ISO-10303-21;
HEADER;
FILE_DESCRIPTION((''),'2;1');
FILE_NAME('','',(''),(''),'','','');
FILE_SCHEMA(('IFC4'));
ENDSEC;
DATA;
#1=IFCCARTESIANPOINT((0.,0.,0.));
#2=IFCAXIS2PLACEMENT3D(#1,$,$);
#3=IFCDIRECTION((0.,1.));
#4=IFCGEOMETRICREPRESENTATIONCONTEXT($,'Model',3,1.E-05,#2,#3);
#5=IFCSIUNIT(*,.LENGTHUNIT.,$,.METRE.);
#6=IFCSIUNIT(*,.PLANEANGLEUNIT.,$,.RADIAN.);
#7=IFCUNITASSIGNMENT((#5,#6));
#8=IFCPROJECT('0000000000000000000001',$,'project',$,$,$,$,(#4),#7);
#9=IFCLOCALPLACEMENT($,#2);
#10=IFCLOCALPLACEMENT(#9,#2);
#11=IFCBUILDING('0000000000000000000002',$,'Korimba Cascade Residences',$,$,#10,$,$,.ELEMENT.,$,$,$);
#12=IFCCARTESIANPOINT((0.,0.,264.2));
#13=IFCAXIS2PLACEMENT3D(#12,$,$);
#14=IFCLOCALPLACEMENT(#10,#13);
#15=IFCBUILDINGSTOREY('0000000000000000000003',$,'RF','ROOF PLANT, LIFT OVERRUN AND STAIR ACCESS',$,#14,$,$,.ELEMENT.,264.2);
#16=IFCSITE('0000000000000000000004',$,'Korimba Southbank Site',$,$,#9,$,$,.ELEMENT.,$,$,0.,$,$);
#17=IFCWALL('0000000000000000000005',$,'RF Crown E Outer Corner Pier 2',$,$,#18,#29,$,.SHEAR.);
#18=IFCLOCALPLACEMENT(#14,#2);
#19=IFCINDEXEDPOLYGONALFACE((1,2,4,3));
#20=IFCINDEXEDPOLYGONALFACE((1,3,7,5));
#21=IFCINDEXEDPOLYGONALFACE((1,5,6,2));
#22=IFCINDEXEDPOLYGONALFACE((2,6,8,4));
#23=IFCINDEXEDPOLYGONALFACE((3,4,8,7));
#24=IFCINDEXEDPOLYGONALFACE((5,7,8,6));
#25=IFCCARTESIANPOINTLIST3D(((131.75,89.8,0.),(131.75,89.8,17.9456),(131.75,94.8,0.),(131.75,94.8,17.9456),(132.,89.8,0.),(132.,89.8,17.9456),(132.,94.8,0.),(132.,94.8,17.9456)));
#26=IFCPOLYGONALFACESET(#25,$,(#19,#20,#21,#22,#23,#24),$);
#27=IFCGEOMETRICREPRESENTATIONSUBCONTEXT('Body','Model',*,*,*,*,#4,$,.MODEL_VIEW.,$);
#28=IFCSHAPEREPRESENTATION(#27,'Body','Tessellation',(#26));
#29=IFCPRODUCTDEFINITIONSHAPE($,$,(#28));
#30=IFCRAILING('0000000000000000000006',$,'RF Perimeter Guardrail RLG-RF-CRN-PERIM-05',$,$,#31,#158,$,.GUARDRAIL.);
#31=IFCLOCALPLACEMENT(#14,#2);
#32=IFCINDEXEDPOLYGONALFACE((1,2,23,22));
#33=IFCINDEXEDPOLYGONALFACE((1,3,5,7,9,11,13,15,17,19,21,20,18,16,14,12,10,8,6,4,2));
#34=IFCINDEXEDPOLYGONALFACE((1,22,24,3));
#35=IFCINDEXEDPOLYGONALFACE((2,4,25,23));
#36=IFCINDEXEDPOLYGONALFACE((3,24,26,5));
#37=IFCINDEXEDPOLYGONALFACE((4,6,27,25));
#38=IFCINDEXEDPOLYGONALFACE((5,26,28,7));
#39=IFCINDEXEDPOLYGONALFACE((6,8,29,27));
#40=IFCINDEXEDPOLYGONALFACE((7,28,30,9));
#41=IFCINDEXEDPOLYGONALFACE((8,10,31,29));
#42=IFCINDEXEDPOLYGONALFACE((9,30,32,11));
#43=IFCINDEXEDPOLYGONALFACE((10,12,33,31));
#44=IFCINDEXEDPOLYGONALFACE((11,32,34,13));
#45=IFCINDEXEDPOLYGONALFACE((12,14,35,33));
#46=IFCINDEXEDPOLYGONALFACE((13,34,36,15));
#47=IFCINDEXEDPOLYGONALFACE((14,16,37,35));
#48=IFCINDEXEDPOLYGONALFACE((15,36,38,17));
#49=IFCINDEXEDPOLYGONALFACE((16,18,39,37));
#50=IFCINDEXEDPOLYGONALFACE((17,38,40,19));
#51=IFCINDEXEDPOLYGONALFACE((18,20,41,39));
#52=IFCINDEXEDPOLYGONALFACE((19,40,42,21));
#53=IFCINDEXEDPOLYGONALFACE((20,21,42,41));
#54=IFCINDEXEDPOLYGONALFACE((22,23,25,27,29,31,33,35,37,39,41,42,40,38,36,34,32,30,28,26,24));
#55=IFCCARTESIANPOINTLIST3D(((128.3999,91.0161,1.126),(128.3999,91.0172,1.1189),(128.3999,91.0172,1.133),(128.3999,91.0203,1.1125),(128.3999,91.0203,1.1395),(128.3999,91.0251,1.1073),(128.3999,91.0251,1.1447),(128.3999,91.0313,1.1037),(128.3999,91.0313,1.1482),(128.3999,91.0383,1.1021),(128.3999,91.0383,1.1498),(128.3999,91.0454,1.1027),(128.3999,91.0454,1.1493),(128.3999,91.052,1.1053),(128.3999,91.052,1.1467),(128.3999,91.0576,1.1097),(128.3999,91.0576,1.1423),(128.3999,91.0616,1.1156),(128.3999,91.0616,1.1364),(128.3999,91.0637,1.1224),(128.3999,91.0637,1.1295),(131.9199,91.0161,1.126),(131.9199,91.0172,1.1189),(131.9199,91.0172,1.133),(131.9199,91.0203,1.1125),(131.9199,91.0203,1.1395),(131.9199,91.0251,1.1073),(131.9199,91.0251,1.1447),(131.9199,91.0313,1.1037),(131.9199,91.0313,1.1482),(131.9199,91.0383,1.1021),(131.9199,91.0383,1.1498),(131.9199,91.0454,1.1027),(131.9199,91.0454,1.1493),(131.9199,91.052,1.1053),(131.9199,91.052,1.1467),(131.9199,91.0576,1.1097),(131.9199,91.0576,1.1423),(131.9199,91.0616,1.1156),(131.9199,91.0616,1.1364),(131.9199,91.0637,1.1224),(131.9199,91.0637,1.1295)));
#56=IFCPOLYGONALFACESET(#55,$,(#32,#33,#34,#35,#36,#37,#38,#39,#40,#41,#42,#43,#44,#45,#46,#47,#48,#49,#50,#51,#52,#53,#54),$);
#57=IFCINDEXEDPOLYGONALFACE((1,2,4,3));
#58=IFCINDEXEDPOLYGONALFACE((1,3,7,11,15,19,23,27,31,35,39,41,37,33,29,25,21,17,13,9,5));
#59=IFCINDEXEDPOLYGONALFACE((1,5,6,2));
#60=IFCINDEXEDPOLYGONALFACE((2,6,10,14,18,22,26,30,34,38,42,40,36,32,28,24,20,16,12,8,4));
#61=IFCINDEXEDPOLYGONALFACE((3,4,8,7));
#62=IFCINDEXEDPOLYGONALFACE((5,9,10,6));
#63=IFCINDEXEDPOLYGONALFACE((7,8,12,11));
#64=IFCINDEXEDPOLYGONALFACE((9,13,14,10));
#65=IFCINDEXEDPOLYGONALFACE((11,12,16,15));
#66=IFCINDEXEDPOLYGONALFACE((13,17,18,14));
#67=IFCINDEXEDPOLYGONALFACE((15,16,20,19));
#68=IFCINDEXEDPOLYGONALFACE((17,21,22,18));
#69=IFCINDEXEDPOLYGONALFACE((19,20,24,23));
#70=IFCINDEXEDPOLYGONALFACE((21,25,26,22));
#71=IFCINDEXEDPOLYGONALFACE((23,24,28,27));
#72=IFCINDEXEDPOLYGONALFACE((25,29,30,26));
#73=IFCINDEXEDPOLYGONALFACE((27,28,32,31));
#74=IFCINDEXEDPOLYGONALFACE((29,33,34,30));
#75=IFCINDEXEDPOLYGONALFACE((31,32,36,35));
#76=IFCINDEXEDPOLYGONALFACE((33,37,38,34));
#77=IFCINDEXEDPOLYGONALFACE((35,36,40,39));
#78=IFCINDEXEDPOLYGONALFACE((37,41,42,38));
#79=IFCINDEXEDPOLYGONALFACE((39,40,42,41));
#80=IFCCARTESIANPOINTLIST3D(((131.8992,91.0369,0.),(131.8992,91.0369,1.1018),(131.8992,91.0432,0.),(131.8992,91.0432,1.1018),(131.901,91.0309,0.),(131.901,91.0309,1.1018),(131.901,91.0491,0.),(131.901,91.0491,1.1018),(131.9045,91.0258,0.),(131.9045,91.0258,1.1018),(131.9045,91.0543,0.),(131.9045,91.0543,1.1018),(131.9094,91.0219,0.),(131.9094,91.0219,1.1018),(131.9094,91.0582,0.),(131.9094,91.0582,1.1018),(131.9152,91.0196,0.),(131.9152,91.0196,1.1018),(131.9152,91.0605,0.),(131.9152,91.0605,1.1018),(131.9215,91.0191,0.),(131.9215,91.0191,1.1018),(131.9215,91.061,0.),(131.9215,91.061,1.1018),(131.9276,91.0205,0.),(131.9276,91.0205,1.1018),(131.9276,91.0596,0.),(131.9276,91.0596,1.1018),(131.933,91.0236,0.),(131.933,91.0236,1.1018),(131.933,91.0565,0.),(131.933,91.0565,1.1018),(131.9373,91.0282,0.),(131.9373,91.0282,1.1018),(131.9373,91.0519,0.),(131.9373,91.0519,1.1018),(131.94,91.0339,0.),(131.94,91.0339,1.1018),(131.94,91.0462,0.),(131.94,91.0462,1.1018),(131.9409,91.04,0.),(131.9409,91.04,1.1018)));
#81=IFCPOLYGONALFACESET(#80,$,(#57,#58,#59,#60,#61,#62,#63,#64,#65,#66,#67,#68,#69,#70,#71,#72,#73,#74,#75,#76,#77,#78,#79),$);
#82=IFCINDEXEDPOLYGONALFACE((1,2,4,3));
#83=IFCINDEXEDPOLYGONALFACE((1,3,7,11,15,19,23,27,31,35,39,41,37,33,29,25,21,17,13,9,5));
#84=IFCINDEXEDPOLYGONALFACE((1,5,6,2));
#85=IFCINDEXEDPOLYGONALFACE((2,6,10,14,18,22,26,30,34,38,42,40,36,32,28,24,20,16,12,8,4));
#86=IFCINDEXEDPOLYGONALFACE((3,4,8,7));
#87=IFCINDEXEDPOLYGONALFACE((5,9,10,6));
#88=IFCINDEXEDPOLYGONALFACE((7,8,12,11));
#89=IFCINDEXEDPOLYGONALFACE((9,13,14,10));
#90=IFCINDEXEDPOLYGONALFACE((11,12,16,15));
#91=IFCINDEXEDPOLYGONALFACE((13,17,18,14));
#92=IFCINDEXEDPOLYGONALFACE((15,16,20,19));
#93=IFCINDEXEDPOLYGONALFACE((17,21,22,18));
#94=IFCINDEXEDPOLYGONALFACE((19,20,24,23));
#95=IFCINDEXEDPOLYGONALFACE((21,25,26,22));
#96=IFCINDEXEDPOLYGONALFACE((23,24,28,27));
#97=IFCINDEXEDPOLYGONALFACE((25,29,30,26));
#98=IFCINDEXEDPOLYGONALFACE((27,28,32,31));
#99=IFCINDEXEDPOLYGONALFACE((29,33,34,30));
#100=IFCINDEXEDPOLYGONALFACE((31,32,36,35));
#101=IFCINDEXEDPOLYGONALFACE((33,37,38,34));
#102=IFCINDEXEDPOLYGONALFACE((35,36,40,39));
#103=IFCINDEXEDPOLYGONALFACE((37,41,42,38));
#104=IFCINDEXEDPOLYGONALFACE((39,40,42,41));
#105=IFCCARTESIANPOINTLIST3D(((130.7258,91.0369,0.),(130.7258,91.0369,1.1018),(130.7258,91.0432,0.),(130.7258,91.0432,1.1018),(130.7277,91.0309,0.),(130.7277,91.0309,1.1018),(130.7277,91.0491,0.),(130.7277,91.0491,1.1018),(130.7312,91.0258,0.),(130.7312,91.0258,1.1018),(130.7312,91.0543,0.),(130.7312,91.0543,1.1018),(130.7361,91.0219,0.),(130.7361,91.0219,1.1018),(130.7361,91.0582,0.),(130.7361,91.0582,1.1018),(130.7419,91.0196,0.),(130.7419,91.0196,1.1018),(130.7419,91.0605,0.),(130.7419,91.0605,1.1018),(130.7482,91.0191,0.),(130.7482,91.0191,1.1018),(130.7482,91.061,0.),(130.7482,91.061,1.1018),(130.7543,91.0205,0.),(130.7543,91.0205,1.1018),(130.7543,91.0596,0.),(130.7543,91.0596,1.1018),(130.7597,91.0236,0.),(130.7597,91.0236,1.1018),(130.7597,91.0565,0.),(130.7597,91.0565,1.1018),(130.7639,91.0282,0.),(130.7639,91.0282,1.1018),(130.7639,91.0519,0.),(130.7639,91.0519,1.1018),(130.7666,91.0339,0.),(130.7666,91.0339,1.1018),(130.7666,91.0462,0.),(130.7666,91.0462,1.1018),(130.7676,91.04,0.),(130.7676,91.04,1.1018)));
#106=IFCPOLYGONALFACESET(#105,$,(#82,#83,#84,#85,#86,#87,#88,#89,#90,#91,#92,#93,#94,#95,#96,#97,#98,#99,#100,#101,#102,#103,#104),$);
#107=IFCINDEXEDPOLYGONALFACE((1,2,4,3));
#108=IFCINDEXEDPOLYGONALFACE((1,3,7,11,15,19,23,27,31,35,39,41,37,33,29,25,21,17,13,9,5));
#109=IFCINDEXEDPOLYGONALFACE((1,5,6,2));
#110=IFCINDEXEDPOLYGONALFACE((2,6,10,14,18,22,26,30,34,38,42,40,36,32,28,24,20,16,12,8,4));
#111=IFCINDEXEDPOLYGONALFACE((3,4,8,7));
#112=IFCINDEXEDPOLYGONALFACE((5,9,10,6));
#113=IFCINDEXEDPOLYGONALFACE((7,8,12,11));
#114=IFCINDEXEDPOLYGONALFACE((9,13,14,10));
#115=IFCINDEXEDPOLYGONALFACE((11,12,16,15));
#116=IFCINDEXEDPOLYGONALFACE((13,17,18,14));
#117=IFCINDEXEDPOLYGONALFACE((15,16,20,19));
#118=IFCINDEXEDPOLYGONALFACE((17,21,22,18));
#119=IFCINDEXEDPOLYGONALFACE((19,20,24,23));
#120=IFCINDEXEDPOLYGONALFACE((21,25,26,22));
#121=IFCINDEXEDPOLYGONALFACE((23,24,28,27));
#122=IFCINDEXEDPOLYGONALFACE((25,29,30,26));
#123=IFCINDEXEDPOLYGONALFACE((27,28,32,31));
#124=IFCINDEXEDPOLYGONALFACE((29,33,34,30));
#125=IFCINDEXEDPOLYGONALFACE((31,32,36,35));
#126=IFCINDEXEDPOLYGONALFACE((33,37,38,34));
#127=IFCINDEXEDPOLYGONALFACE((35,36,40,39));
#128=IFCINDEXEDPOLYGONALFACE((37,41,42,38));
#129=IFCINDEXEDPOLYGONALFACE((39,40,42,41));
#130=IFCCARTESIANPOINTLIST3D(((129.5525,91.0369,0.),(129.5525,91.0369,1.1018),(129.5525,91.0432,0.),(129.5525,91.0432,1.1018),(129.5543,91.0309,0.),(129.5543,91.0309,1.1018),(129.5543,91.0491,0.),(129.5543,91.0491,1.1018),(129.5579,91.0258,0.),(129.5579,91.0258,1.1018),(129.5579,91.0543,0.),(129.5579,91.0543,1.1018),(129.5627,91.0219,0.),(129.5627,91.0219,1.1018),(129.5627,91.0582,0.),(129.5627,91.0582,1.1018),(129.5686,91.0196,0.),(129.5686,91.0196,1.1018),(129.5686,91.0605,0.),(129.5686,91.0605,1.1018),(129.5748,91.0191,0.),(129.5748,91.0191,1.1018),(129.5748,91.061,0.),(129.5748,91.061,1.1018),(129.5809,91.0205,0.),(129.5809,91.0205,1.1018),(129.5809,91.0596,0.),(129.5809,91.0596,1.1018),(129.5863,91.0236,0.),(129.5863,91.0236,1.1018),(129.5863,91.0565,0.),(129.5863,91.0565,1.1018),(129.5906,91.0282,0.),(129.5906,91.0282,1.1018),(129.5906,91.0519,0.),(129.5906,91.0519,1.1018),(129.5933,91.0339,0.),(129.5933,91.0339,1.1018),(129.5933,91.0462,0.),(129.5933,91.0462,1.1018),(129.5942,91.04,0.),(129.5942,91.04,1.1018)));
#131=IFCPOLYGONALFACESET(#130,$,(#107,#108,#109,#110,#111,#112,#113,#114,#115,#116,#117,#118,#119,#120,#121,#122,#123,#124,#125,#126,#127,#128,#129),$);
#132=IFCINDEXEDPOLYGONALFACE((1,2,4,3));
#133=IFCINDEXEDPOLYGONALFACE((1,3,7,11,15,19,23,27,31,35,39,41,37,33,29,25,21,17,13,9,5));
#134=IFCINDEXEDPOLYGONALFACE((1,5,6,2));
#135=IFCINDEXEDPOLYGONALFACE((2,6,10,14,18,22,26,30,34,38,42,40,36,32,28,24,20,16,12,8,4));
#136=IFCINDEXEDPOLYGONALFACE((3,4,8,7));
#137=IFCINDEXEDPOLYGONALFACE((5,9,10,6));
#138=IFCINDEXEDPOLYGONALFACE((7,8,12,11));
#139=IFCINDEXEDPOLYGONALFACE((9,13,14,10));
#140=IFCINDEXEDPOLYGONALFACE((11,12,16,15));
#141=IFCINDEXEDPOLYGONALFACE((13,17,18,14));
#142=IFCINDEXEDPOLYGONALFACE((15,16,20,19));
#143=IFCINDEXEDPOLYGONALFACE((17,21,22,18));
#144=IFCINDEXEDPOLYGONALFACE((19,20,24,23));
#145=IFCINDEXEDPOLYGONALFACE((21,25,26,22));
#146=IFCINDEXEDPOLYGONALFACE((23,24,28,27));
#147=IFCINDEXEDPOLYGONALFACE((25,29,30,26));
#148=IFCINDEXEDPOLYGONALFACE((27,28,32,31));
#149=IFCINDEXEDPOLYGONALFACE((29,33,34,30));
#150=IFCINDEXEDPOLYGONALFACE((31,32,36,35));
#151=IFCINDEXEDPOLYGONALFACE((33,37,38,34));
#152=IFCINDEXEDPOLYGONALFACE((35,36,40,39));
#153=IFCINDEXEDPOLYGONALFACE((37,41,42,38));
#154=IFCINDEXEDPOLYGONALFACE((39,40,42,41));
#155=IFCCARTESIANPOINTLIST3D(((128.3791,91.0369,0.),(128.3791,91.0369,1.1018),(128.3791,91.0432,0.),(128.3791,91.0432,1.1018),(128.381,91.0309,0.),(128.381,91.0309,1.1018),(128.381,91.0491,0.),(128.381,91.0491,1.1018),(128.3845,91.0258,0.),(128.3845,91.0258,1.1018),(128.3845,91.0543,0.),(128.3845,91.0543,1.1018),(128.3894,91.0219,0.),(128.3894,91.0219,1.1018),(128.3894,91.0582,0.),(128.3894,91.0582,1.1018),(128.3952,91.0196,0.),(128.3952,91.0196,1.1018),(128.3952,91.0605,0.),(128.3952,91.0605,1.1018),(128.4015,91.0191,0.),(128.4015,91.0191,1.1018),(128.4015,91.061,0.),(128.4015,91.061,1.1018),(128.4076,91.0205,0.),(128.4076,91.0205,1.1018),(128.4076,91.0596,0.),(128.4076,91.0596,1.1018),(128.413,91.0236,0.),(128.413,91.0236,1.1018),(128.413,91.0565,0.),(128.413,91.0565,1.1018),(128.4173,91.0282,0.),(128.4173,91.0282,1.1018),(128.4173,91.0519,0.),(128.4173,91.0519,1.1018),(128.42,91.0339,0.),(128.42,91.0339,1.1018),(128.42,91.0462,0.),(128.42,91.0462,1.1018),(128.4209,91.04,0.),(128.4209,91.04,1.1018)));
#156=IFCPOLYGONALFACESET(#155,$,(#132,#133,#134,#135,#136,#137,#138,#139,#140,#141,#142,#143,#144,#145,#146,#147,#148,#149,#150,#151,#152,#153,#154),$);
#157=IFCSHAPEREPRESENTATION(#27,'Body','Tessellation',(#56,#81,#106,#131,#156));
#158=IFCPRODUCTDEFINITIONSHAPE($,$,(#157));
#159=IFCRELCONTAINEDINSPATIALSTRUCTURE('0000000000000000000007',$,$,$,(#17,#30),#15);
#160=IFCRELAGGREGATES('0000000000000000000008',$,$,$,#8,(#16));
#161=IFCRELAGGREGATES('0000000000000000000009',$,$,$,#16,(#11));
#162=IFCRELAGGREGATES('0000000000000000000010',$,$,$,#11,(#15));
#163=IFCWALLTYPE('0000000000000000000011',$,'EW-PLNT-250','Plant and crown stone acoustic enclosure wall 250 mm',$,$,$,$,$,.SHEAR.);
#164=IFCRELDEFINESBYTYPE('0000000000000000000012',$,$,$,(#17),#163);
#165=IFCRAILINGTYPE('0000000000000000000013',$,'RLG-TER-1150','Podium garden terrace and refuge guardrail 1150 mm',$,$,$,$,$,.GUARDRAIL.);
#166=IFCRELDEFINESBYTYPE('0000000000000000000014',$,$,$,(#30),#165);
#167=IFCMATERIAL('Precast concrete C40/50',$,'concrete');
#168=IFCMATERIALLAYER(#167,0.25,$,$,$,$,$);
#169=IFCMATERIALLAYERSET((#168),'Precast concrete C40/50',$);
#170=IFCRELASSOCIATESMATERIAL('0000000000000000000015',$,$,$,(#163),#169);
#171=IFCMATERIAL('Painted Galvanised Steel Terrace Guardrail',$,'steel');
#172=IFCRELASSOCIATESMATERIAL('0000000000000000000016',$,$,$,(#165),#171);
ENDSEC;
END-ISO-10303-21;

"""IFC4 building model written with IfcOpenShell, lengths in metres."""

from ifc_helpers import new_model, si_unit, direction, frame, frame_2d, origin, origin_2d, place, context, subcontext, project, spatial, rectangle, circle, extrude, material, layer, layer_set, type_object, element, save


model = new_model("IFC4")

# Units and contexts
model_context = context("Model", 3, precision=1e-05, world=origin(), true_north=direction((0.0, 1.0)))
body_context = subcontext(model_context, "Body", "Model", "MODEL_VIEW")
ifc_project = project(units=[si_unit("LENGTHUNIT", "METRE"), si_unit("PLANEANGLEUNIT", "RADIAN")], contexts=[model_context])

# Site, building, storey
site_placement = place(None, origin())
site = spatial("IfcSite", under=ifc_project, at=site_placement, Name="Korimba Southbank Site", CompositionType="ELEMENT", RefElevation=0.0)
building_placement = place(site_placement, origin())
building = spatial("IfcBuilding", under=site, at=building_placement, Name="Korimba Cascade Residences", CompositionType="ELEMENT")
storey_placement = place(building_placement, frame((0.0, 0.0, 264.2)))
storey = spatial("IfcBuildingStorey", under=building, at=storey_placement, Name="RF", Description="ROOF PLANT, LIFT OVERRUN AND STAIR ACCESS", CompositionType="ELEMENT", Elevation=264.2)

# Wall
ifc_material_1 = material(Name="Precast concrete C40/50", Category="concrete")
ifc_layer_1 = layer(ifc_material_1, 0.25)
ifc_layer_set_1 = layer_set([ifc_layer_1], Name="Precast concrete C40/50")
wall_type = type_object("IfcWallType", Name="EW-PLNT-250", Description="Plant and crown stone acoustic enclosure wall 250 mm", PredefinedType="SHEAR", material=ifc_layer_set_1)
wall_1_placement = place(storey_placement, frame((131.875, 89.8, 0.0), z_axis=(0.0, 0.0, 1.0), x_axis=(0.0, 1.0, 0.0)))
element("IfcWall", 1, at=wall_1_placement, inside=storey, type_object=wall_type, Name="RF Crown E Outer Corner Pier 2", PredefinedType="SHEAR", context=body_context, shape_type="SweptSolid", body=[
    extrude(rectangle(XDim=5.0, YDim=0.25, at=frame_2d((2.5, 0.0))), origin(), (0.0, 0.0, 1.0), 17.9456),
])

# Railing
ifc_material_2 = material(Name="Painted Galvanised Steel Terrace Guardrail", Category="steel")
railing_type = type_object("IfcRailingType", Name="RLG-TER-1150", Description="Podium garden terrace and refuge guardrail 1150 mm", PredefinedType="GUARDRAIL", material=ifc_material_2)
railing_1_placement = place(storey_placement, frame((131.9199, 91.04, 0.0)))
element("IfcRailing", 2, at=railing_1_placement, inside=storey, type_object=railing_type, Name="RF Perimeter Guardrail RLG-RF-CRN-PERIM-05", PredefinedType="GUARDRAIL", context=body_context, shape_type="SweptSolid", body=[
    extrude(circle(Radius=0.0239, at=origin_2d()), frame((0.0, 0.0, 1.126), z_axis=(-1.0, 0.0, 0.0), x_axis=(0.0, -1.0, 0.0)), (0.0, 0.0, 1.0), 3.52),
    extrude(circle(Radius=0.021, at=origin_2d()), origin(), (0.0, 0.0, 1.0), 1.1018),
    extrude(circle(Radius=0.021, at=origin_2d()), frame((-1.1733, 0.0, 0.0)), (0.0, 0.0, 1.0), 1.1018),
    extrude(circle(Radius=0.021, at=origin_2d()), frame((-2.3467, 0.0, 0.0)), (0.0, 0.0, 1.0), 1.1018),
    extrude(circle(Radius=0.021, at=origin_2d()), frame((-3.52, 0.0, 0.0)), (0.0, 0.0, 1.0), 1.1018),
])

save(model, "model.ifc")
